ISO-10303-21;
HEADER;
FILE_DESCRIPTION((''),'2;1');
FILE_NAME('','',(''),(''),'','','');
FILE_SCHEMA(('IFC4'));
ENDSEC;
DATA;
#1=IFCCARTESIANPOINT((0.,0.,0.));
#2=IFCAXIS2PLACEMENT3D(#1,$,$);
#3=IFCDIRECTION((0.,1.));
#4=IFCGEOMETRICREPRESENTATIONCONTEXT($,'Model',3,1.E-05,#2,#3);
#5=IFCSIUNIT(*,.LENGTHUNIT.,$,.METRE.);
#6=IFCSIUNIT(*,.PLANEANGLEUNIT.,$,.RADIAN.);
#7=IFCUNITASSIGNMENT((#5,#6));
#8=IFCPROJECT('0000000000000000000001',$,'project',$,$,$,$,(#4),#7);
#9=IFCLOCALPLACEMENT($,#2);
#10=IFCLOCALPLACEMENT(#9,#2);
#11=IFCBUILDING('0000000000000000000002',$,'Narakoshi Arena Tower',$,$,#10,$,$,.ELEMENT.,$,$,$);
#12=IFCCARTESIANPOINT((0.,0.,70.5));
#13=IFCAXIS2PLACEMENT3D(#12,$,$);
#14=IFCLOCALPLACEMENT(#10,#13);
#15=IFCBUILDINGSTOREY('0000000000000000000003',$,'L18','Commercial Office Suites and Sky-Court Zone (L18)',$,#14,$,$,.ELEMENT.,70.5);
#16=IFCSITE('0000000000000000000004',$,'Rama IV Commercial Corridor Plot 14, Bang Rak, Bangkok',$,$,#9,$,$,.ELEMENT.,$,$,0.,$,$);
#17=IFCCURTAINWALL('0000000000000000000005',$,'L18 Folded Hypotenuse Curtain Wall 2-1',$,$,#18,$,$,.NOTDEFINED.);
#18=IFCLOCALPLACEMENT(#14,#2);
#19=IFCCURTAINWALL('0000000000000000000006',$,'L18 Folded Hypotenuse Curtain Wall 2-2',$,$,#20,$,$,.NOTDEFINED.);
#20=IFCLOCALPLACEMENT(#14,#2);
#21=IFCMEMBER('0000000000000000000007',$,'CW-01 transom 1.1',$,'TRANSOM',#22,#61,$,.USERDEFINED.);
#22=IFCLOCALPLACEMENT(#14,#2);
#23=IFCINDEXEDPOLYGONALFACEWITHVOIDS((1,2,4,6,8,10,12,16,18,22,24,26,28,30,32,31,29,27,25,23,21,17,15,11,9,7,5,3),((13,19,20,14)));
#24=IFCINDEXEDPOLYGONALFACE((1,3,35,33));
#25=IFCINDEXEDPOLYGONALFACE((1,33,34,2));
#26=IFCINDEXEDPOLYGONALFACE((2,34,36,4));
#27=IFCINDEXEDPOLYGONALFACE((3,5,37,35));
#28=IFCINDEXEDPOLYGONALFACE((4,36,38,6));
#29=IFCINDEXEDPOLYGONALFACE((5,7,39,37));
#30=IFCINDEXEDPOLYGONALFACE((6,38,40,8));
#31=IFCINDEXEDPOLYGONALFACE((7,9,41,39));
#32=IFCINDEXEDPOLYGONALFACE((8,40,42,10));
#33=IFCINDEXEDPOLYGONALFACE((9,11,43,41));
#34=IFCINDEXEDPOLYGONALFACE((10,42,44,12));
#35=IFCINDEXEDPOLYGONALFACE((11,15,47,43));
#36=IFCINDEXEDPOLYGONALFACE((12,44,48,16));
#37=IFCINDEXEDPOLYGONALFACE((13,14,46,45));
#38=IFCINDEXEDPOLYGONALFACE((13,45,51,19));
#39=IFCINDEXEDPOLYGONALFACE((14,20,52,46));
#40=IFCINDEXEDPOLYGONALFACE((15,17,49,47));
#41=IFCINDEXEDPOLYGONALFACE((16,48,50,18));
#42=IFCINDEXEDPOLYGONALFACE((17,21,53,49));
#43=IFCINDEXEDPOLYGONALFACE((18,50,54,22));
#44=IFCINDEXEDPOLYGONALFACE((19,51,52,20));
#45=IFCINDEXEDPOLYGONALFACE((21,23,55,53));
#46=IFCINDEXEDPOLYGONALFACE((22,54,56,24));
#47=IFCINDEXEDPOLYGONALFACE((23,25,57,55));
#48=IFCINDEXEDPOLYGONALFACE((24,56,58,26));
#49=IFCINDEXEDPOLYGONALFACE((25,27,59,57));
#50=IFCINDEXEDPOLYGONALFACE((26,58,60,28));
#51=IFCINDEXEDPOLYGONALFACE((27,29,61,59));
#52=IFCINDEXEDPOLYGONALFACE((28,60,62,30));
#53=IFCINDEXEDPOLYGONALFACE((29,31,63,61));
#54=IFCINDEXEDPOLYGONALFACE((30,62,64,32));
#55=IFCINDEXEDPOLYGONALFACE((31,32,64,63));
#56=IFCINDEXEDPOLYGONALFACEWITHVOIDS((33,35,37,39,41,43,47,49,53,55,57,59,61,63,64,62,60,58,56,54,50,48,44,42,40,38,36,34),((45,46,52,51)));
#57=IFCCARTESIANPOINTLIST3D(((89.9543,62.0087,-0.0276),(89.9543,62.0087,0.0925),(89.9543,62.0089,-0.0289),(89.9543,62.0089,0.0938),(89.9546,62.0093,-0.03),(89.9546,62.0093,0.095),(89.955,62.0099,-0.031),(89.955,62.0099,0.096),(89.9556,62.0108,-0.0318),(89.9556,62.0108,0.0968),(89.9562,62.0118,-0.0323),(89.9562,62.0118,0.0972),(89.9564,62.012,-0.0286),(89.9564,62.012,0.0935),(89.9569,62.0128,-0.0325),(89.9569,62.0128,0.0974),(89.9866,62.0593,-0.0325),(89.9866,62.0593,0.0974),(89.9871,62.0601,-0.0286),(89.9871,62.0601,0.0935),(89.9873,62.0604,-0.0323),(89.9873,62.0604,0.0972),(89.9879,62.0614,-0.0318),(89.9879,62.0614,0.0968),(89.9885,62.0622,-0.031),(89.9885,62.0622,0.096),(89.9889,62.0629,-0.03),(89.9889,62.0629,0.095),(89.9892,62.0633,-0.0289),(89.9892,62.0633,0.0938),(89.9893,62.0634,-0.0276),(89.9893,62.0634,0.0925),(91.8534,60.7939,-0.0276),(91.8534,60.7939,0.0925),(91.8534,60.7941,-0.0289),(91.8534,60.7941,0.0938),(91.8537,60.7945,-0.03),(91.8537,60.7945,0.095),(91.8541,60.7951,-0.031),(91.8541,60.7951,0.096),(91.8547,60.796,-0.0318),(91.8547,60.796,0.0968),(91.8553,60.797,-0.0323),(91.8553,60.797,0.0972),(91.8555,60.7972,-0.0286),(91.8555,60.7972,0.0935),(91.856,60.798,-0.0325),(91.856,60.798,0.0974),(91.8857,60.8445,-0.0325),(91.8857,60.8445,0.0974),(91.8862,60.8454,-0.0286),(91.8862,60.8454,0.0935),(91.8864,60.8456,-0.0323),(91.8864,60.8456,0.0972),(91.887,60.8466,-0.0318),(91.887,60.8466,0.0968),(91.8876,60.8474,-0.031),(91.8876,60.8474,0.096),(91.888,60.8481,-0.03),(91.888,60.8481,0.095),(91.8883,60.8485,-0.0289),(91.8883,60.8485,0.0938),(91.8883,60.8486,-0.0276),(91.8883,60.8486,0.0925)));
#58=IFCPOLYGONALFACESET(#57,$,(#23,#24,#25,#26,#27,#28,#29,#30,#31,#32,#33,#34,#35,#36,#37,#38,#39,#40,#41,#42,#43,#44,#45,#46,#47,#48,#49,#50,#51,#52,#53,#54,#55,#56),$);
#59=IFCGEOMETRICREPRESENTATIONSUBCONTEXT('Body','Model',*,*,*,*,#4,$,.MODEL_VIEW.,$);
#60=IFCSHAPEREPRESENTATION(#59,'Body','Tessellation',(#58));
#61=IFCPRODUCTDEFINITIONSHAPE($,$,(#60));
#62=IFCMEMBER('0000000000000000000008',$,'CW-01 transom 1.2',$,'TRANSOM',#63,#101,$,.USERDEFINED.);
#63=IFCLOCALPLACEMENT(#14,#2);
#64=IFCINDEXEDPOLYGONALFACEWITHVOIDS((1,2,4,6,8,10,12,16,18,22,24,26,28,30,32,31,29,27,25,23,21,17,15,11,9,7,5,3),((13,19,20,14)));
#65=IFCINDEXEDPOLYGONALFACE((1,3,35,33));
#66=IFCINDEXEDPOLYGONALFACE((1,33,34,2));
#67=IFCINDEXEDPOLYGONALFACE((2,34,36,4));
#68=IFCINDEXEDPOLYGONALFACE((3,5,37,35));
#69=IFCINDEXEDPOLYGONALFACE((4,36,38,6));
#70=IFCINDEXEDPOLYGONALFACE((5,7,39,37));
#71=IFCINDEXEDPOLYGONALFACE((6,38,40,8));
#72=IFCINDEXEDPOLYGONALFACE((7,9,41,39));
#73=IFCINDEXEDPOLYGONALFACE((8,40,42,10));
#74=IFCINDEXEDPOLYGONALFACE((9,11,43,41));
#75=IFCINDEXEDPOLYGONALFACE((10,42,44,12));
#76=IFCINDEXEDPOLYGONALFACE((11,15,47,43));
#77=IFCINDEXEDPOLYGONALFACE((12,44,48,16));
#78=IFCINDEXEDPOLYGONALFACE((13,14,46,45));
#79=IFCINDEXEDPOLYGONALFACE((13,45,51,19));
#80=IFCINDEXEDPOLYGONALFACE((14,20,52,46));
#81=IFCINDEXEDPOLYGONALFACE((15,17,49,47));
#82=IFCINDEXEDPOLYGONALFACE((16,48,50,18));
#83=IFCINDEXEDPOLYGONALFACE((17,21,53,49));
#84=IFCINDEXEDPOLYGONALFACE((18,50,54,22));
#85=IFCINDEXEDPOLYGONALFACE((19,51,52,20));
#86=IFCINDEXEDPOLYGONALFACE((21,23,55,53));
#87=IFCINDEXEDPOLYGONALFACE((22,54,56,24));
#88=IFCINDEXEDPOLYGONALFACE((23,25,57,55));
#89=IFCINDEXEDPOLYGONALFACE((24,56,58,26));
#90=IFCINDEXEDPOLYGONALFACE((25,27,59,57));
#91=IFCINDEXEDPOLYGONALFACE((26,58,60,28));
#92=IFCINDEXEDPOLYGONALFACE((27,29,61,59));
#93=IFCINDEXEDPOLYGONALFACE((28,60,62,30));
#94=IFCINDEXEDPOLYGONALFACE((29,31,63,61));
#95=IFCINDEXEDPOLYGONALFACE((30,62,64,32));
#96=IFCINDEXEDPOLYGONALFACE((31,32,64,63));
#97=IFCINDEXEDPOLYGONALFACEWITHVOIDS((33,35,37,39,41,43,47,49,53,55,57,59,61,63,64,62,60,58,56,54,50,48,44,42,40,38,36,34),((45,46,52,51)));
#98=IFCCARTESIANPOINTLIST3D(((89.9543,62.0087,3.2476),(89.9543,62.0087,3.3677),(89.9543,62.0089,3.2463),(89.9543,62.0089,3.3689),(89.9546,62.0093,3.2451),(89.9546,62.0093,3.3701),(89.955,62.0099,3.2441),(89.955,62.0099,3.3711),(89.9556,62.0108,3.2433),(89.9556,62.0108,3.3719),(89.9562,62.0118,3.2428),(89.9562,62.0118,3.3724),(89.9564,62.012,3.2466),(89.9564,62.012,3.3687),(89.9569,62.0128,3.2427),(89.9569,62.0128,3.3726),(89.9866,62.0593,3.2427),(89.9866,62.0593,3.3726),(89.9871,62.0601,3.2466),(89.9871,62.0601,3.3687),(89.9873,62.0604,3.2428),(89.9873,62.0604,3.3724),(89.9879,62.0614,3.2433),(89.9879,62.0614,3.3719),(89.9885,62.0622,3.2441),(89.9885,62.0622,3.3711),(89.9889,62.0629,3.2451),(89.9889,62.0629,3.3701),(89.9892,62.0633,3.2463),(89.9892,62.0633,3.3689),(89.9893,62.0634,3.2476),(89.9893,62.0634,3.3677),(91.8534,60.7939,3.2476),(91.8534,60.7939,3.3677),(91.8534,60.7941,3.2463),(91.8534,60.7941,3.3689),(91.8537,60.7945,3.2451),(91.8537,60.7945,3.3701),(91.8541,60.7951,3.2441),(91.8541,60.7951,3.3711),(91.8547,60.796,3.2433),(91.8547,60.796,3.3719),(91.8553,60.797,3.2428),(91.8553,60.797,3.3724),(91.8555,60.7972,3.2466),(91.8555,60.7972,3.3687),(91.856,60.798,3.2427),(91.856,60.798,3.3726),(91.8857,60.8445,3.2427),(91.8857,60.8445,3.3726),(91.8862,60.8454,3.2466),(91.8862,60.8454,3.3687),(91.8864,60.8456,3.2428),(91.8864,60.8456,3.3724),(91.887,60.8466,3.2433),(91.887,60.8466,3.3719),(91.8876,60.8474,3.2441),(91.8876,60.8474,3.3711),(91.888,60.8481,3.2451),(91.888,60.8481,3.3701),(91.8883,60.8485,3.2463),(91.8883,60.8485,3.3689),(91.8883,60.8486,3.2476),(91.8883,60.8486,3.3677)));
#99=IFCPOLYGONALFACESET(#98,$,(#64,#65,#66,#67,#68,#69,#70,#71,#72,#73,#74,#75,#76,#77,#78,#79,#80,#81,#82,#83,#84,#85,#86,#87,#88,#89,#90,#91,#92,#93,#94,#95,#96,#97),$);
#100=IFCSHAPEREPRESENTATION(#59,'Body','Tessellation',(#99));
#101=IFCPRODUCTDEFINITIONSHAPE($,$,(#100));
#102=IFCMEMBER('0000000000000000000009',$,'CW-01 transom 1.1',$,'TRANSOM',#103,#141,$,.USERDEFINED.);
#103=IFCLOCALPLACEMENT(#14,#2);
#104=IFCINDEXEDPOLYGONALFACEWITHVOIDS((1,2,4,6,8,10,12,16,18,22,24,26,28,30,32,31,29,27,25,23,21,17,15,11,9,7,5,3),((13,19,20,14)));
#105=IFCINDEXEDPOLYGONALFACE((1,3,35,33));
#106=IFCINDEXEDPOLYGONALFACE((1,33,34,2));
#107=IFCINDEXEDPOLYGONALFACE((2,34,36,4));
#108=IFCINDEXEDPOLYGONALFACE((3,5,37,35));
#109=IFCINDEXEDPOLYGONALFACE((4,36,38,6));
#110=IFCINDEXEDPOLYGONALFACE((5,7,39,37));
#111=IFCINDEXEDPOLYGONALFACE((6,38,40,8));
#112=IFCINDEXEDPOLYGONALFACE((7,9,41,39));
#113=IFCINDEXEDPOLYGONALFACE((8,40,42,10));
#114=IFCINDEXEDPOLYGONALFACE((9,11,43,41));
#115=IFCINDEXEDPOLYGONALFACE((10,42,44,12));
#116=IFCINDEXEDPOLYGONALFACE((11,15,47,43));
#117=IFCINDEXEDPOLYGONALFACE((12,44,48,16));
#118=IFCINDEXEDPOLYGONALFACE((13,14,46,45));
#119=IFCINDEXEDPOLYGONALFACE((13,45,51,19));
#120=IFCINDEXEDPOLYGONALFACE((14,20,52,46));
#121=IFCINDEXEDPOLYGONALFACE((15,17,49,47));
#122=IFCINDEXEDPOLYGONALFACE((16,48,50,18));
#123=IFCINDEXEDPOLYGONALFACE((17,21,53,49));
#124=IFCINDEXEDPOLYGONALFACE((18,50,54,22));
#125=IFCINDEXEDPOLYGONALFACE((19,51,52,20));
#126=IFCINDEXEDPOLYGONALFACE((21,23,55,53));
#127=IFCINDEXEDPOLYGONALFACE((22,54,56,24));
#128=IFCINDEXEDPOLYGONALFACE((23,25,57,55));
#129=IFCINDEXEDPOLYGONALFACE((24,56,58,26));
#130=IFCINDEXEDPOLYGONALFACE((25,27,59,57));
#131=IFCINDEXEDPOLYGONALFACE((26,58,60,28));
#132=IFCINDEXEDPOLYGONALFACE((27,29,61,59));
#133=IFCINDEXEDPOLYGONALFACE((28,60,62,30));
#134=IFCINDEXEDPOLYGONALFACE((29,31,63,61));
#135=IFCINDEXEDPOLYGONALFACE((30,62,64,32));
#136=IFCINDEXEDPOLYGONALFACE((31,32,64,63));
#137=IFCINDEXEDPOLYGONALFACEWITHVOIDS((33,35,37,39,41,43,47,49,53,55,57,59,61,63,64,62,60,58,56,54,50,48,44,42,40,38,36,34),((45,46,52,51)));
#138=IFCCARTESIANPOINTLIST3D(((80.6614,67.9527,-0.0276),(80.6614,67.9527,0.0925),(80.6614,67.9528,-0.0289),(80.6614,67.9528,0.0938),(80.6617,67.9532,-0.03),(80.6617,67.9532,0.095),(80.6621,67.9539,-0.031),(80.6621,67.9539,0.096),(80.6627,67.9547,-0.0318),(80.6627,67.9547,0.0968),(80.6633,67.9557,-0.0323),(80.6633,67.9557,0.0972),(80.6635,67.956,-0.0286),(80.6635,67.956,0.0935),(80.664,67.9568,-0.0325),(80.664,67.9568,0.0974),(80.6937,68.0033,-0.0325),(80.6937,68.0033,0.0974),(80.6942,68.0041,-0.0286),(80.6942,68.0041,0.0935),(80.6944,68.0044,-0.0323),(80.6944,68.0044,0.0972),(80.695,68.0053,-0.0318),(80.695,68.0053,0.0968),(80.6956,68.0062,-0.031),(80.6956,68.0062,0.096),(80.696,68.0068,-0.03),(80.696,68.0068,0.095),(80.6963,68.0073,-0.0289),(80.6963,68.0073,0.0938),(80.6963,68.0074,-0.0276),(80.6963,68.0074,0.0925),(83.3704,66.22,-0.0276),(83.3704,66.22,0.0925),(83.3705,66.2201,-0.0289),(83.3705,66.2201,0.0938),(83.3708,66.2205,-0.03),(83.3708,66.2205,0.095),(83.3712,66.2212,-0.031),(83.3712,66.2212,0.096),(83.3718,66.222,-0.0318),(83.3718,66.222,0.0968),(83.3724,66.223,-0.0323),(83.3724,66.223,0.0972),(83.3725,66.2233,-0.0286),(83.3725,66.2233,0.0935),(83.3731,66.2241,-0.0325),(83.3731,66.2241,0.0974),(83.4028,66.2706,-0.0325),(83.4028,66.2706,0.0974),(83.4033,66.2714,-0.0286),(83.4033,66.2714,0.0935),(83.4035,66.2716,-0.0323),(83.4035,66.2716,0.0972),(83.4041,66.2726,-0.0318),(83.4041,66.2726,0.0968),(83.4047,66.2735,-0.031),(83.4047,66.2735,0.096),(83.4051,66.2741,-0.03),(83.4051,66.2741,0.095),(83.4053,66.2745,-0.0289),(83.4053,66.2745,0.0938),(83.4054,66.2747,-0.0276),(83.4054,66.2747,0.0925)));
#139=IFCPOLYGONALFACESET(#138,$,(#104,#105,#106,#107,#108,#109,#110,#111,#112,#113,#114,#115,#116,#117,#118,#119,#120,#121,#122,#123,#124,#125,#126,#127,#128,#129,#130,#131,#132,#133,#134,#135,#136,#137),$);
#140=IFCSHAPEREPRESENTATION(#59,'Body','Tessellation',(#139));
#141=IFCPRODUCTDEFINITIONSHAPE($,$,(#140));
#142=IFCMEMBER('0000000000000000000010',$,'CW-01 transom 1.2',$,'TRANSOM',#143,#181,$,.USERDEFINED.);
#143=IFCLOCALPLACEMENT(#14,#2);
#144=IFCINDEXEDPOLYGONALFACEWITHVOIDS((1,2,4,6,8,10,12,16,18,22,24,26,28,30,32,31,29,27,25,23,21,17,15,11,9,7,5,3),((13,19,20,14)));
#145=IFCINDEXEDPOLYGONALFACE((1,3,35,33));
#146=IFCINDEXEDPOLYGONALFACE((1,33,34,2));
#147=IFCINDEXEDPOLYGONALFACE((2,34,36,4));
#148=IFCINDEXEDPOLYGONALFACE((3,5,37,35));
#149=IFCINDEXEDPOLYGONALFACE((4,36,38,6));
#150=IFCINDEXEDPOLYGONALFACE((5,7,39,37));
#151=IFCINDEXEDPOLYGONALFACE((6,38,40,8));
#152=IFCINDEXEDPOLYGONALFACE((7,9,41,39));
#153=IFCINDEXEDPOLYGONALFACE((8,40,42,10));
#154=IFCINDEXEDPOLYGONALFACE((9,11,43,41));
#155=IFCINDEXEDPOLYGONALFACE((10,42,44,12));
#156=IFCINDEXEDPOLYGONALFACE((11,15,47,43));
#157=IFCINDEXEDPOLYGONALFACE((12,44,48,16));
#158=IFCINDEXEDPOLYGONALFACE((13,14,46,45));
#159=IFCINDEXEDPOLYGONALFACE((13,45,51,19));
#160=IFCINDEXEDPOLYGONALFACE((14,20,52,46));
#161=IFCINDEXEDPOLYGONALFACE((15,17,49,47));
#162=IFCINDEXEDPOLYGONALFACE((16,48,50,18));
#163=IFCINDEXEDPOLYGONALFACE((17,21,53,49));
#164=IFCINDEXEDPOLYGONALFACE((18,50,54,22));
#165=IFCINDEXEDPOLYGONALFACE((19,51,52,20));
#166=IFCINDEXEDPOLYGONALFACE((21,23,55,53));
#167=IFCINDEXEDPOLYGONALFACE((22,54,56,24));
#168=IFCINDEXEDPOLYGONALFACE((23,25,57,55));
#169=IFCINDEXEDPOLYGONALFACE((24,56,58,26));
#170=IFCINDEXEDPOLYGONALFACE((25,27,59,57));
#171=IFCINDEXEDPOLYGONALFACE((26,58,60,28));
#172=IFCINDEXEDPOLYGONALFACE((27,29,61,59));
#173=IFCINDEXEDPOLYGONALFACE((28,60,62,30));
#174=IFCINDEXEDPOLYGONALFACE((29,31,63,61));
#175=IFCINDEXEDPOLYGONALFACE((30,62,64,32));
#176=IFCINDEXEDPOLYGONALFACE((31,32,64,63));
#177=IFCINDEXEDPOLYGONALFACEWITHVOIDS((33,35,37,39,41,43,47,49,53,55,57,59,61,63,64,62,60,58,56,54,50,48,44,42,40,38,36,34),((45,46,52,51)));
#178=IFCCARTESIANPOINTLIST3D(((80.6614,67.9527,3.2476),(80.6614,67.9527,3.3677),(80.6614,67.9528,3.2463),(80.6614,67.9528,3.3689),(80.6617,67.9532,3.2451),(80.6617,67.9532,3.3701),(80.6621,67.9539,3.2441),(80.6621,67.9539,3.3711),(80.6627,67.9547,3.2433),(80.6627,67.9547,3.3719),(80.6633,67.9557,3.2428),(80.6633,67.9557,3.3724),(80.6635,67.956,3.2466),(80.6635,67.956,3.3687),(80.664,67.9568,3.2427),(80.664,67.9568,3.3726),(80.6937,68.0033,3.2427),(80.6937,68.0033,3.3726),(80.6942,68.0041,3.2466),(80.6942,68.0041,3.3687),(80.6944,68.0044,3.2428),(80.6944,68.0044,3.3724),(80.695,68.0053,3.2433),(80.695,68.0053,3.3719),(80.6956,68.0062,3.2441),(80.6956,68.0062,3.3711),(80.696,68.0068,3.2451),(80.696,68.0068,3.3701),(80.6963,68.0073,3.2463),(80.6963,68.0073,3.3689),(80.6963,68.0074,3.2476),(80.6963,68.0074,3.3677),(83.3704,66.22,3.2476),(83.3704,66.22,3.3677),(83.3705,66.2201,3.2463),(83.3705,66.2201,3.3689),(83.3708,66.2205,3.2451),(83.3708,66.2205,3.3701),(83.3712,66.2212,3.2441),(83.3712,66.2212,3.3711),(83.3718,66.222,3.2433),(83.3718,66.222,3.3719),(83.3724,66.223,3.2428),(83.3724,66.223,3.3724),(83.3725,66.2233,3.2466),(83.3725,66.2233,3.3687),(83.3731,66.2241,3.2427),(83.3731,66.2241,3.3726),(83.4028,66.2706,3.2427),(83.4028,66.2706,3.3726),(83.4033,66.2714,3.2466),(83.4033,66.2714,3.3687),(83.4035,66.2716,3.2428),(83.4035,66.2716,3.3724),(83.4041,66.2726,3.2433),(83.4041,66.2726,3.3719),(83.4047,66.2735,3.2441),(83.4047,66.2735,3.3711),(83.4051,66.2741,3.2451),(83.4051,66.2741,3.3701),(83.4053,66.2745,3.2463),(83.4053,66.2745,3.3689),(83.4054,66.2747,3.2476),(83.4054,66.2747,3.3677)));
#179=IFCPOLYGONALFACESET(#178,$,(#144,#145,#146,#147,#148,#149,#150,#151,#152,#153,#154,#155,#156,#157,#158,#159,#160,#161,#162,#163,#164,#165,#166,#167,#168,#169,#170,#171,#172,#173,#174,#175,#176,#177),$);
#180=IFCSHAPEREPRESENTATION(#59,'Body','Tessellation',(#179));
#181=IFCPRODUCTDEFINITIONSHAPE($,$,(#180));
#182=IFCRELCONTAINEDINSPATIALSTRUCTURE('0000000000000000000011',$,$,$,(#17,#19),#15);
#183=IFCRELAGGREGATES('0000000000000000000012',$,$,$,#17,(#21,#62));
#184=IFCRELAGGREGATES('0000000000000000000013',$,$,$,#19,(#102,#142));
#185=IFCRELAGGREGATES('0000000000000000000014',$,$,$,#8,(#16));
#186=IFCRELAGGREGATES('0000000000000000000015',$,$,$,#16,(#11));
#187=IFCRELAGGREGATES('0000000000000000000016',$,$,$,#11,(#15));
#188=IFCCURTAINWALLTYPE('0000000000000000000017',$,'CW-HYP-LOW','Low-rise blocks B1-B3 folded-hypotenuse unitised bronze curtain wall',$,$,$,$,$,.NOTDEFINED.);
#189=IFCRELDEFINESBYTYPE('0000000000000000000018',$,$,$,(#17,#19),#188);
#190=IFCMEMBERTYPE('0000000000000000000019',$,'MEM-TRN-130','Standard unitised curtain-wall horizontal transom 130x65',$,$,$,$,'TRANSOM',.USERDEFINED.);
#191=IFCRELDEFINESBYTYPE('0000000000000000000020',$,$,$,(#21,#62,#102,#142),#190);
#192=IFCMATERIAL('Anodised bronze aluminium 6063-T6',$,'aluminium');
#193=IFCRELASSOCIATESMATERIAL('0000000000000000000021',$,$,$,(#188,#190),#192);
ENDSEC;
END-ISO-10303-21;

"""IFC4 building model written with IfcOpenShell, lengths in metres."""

from ifc_helpers import new_model, si_unit, direction, frame, origin, origin_2d, place, context, subcontext, project, spatial, hollow_rectangle, extrude, material, material_profile, profile_set, type_object, element, aggregate, save


model = new_model("IFC4")

# Units and contexts
model_context = context("Model", 3, precision=1e-05, world=origin(), true_north=direction((0.0, 1.0)))
body_context = subcontext(model_context, "Body", "Model", "MODEL_VIEW")
ifc_project = project(units=[si_unit("LENGTHUNIT", "METRE"), si_unit("PLANEANGLEUNIT", "RADIAN")], contexts=[model_context])

# Site, building, storey
site_placement = place(None, origin())
site = spatial("IfcSite", under=ifc_project, at=site_placement, Name="Rama IV Commercial Corridor Plot 14, Bang Rak, Bangkok", CompositionType="ELEMENT", RefElevation=0.0)
building_placement = place(site_placement, origin())
building = spatial("IfcBuilding", under=site, at=building_placement, Name="Narakoshi Arena Tower", CompositionType="ELEMENT")
storey_placement = place(building_placement, frame((0.0, 0.0, 70.5)))
storey = spatial("IfcBuildingStorey", under=building, at=storey_placement, Name="L18", Description="Commercial Office Suites and Sky-Court Zone (L18)", CompositionType="ELEMENT", Elevation=70.5)

# Curtain walls
ifc_material_1 = material(Name="Anodised bronze aluminium 6063-T6", Category="aluminium")
curtain_wall_type = type_object("IfcCurtainWallType", Name="CW-HYP-LOW", Description="Low-rise blocks B1-B3 folded-hypotenuse unitised bronze curtain wall", PredefinedType="NOTDEFINED", material=ifc_material_1)
curtain_wall_1_placement = place(storey_placement, origin())
curtain_wall_1 = element("IfcCurtainWall", 1, at=curtain_wall_1_placement, inside=storey, type_object=curtain_wall_type, Name="L18 Folded Hypotenuse Curtain Wall 2-1", PredefinedType="NOTDEFINED")
curtain_wall_2_placement = place(storey_placement, origin())
curtain_wall_2 = element("IfcCurtainWall", 2, at=curtain_wall_2_placement, inside=storey, type_object=curtain_wall_type, Name="L18 Folded Hypotenuse Curtain Wall 2-2", PredefinedType="NOTDEFINED")

# Members
ifc_material_profile_1 = material_profile(ifc_material_1, hollow_rectangle(XDim=0.0649, YDim=0.1299, WallThickness=0.0039, OuterFilletRadius=0.0049, at=origin_2d()), Name="TRN130x65x4")
ifc_profile_set_1 = profile_set([ifc_material_profile_1], Name="Anodised bronze aluminium 6063-T6")
member_type_1 = type_object("IfcMemberType", Name="MEM-TRN-130", Description="Standard unitised curtain-wall horizontal transom 130x65", ElementType="TRANSOM", PredefinedType="USERDEFINED", material=ifc_profile_set_1)
member_1_placement = place(storey_placement, frame((91.8708, 60.8213, 0.0325), z_axis=(-0.842397, 0.538857, 0.0), x_axis=(-0.538857, -0.842397, 0.0)))
member_1 = element("IfcMember", 3, at=member_1_placement, type_object=member_type_1, Name="CW-01 transom 1.1", ObjectType="TRANSOM", PredefinedType="USERDEFINED", context=body_context, shape_type="SweptSolid", body=[
    extrude(hollow_rectangle(XDim=0.0649, YDim=0.1299, WallThickness=0.0039, OuterFilletRadius=0.0049, at=origin_2d()), origin(), (0.0, 0.0, 1.0), 2.2544),
])
member_2_placement = place(storey_placement, frame((91.8708, 60.8213, 3.3076), z_axis=(-0.842397, 0.538857, 0.0), x_axis=(-0.538857, -0.842397, 0.0)))
member_2 = element("IfcMember", 4, at=member_2_placement, type_object=member_type_1, Name="CW-01 transom 1.2", ObjectType="TRANSOM", PredefinedType="USERDEFINED", context=body_context, shape_type="SweptSolid", body=[
    extrude(hollow_rectangle(XDim=0.0649, YDim=0.1299, WallThickness=0.0039, OuterFilletRadius=0.0049, at=origin_2d()), origin(), (0.0, 0.0, 1.0), 2.2544),
])
member_3_placement = place(storey_placement, frame((83.3879, 66.2473, 0.0325), z_axis=(-0.842424, 0.538815, 0.0), x_axis=(-0.538815, -0.842424, 0.0)))
member_3 = element("IfcMember", 5, at=member_3_placement, type_object=member_type_1, Name="CW-01 transom 1.1", ObjectType="TRANSOM", PredefinedType="USERDEFINED", context=body_context, shape_type="SweptSolid", body=[
    extrude(hollow_rectangle(XDim=0.0649, YDim=0.1299, WallThickness=0.0039, OuterFilletRadius=0.0049, at=origin_2d()), origin(), (0.0, 0.0, 1.0), 3.2158),
])
member_4_placement = place(storey_placement, frame((83.3879, 66.2473, 3.3076), z_axis=(-0.842424, 0.538815, 0.0), x_axis=(-0.538815, -0.842424, 0.0)))
member_4 = element("IfcMember", 6, at=member_4_placement, type_object=member_type_1, Name="CW-01 transom 1.2", ObjectType="TRANSOM", PredefinedType="USERDEFINED", context=body_context, shape_type="SweptSolid", body=[
    extrude(hollow_rectangle(XDim=0.0649, YDim=0.1299, WallThickness=0.0039, OuterFilletRadius=0.0049, at=origin_2d()), origin(), (0.0, 0.0, 1.0), 3.2158),
])

aggregate(curtain_wall_1, [member_1, member_2])
aggregate(curtain_wall_2, [member_3, member_4])

save(model, "model.ifc")
